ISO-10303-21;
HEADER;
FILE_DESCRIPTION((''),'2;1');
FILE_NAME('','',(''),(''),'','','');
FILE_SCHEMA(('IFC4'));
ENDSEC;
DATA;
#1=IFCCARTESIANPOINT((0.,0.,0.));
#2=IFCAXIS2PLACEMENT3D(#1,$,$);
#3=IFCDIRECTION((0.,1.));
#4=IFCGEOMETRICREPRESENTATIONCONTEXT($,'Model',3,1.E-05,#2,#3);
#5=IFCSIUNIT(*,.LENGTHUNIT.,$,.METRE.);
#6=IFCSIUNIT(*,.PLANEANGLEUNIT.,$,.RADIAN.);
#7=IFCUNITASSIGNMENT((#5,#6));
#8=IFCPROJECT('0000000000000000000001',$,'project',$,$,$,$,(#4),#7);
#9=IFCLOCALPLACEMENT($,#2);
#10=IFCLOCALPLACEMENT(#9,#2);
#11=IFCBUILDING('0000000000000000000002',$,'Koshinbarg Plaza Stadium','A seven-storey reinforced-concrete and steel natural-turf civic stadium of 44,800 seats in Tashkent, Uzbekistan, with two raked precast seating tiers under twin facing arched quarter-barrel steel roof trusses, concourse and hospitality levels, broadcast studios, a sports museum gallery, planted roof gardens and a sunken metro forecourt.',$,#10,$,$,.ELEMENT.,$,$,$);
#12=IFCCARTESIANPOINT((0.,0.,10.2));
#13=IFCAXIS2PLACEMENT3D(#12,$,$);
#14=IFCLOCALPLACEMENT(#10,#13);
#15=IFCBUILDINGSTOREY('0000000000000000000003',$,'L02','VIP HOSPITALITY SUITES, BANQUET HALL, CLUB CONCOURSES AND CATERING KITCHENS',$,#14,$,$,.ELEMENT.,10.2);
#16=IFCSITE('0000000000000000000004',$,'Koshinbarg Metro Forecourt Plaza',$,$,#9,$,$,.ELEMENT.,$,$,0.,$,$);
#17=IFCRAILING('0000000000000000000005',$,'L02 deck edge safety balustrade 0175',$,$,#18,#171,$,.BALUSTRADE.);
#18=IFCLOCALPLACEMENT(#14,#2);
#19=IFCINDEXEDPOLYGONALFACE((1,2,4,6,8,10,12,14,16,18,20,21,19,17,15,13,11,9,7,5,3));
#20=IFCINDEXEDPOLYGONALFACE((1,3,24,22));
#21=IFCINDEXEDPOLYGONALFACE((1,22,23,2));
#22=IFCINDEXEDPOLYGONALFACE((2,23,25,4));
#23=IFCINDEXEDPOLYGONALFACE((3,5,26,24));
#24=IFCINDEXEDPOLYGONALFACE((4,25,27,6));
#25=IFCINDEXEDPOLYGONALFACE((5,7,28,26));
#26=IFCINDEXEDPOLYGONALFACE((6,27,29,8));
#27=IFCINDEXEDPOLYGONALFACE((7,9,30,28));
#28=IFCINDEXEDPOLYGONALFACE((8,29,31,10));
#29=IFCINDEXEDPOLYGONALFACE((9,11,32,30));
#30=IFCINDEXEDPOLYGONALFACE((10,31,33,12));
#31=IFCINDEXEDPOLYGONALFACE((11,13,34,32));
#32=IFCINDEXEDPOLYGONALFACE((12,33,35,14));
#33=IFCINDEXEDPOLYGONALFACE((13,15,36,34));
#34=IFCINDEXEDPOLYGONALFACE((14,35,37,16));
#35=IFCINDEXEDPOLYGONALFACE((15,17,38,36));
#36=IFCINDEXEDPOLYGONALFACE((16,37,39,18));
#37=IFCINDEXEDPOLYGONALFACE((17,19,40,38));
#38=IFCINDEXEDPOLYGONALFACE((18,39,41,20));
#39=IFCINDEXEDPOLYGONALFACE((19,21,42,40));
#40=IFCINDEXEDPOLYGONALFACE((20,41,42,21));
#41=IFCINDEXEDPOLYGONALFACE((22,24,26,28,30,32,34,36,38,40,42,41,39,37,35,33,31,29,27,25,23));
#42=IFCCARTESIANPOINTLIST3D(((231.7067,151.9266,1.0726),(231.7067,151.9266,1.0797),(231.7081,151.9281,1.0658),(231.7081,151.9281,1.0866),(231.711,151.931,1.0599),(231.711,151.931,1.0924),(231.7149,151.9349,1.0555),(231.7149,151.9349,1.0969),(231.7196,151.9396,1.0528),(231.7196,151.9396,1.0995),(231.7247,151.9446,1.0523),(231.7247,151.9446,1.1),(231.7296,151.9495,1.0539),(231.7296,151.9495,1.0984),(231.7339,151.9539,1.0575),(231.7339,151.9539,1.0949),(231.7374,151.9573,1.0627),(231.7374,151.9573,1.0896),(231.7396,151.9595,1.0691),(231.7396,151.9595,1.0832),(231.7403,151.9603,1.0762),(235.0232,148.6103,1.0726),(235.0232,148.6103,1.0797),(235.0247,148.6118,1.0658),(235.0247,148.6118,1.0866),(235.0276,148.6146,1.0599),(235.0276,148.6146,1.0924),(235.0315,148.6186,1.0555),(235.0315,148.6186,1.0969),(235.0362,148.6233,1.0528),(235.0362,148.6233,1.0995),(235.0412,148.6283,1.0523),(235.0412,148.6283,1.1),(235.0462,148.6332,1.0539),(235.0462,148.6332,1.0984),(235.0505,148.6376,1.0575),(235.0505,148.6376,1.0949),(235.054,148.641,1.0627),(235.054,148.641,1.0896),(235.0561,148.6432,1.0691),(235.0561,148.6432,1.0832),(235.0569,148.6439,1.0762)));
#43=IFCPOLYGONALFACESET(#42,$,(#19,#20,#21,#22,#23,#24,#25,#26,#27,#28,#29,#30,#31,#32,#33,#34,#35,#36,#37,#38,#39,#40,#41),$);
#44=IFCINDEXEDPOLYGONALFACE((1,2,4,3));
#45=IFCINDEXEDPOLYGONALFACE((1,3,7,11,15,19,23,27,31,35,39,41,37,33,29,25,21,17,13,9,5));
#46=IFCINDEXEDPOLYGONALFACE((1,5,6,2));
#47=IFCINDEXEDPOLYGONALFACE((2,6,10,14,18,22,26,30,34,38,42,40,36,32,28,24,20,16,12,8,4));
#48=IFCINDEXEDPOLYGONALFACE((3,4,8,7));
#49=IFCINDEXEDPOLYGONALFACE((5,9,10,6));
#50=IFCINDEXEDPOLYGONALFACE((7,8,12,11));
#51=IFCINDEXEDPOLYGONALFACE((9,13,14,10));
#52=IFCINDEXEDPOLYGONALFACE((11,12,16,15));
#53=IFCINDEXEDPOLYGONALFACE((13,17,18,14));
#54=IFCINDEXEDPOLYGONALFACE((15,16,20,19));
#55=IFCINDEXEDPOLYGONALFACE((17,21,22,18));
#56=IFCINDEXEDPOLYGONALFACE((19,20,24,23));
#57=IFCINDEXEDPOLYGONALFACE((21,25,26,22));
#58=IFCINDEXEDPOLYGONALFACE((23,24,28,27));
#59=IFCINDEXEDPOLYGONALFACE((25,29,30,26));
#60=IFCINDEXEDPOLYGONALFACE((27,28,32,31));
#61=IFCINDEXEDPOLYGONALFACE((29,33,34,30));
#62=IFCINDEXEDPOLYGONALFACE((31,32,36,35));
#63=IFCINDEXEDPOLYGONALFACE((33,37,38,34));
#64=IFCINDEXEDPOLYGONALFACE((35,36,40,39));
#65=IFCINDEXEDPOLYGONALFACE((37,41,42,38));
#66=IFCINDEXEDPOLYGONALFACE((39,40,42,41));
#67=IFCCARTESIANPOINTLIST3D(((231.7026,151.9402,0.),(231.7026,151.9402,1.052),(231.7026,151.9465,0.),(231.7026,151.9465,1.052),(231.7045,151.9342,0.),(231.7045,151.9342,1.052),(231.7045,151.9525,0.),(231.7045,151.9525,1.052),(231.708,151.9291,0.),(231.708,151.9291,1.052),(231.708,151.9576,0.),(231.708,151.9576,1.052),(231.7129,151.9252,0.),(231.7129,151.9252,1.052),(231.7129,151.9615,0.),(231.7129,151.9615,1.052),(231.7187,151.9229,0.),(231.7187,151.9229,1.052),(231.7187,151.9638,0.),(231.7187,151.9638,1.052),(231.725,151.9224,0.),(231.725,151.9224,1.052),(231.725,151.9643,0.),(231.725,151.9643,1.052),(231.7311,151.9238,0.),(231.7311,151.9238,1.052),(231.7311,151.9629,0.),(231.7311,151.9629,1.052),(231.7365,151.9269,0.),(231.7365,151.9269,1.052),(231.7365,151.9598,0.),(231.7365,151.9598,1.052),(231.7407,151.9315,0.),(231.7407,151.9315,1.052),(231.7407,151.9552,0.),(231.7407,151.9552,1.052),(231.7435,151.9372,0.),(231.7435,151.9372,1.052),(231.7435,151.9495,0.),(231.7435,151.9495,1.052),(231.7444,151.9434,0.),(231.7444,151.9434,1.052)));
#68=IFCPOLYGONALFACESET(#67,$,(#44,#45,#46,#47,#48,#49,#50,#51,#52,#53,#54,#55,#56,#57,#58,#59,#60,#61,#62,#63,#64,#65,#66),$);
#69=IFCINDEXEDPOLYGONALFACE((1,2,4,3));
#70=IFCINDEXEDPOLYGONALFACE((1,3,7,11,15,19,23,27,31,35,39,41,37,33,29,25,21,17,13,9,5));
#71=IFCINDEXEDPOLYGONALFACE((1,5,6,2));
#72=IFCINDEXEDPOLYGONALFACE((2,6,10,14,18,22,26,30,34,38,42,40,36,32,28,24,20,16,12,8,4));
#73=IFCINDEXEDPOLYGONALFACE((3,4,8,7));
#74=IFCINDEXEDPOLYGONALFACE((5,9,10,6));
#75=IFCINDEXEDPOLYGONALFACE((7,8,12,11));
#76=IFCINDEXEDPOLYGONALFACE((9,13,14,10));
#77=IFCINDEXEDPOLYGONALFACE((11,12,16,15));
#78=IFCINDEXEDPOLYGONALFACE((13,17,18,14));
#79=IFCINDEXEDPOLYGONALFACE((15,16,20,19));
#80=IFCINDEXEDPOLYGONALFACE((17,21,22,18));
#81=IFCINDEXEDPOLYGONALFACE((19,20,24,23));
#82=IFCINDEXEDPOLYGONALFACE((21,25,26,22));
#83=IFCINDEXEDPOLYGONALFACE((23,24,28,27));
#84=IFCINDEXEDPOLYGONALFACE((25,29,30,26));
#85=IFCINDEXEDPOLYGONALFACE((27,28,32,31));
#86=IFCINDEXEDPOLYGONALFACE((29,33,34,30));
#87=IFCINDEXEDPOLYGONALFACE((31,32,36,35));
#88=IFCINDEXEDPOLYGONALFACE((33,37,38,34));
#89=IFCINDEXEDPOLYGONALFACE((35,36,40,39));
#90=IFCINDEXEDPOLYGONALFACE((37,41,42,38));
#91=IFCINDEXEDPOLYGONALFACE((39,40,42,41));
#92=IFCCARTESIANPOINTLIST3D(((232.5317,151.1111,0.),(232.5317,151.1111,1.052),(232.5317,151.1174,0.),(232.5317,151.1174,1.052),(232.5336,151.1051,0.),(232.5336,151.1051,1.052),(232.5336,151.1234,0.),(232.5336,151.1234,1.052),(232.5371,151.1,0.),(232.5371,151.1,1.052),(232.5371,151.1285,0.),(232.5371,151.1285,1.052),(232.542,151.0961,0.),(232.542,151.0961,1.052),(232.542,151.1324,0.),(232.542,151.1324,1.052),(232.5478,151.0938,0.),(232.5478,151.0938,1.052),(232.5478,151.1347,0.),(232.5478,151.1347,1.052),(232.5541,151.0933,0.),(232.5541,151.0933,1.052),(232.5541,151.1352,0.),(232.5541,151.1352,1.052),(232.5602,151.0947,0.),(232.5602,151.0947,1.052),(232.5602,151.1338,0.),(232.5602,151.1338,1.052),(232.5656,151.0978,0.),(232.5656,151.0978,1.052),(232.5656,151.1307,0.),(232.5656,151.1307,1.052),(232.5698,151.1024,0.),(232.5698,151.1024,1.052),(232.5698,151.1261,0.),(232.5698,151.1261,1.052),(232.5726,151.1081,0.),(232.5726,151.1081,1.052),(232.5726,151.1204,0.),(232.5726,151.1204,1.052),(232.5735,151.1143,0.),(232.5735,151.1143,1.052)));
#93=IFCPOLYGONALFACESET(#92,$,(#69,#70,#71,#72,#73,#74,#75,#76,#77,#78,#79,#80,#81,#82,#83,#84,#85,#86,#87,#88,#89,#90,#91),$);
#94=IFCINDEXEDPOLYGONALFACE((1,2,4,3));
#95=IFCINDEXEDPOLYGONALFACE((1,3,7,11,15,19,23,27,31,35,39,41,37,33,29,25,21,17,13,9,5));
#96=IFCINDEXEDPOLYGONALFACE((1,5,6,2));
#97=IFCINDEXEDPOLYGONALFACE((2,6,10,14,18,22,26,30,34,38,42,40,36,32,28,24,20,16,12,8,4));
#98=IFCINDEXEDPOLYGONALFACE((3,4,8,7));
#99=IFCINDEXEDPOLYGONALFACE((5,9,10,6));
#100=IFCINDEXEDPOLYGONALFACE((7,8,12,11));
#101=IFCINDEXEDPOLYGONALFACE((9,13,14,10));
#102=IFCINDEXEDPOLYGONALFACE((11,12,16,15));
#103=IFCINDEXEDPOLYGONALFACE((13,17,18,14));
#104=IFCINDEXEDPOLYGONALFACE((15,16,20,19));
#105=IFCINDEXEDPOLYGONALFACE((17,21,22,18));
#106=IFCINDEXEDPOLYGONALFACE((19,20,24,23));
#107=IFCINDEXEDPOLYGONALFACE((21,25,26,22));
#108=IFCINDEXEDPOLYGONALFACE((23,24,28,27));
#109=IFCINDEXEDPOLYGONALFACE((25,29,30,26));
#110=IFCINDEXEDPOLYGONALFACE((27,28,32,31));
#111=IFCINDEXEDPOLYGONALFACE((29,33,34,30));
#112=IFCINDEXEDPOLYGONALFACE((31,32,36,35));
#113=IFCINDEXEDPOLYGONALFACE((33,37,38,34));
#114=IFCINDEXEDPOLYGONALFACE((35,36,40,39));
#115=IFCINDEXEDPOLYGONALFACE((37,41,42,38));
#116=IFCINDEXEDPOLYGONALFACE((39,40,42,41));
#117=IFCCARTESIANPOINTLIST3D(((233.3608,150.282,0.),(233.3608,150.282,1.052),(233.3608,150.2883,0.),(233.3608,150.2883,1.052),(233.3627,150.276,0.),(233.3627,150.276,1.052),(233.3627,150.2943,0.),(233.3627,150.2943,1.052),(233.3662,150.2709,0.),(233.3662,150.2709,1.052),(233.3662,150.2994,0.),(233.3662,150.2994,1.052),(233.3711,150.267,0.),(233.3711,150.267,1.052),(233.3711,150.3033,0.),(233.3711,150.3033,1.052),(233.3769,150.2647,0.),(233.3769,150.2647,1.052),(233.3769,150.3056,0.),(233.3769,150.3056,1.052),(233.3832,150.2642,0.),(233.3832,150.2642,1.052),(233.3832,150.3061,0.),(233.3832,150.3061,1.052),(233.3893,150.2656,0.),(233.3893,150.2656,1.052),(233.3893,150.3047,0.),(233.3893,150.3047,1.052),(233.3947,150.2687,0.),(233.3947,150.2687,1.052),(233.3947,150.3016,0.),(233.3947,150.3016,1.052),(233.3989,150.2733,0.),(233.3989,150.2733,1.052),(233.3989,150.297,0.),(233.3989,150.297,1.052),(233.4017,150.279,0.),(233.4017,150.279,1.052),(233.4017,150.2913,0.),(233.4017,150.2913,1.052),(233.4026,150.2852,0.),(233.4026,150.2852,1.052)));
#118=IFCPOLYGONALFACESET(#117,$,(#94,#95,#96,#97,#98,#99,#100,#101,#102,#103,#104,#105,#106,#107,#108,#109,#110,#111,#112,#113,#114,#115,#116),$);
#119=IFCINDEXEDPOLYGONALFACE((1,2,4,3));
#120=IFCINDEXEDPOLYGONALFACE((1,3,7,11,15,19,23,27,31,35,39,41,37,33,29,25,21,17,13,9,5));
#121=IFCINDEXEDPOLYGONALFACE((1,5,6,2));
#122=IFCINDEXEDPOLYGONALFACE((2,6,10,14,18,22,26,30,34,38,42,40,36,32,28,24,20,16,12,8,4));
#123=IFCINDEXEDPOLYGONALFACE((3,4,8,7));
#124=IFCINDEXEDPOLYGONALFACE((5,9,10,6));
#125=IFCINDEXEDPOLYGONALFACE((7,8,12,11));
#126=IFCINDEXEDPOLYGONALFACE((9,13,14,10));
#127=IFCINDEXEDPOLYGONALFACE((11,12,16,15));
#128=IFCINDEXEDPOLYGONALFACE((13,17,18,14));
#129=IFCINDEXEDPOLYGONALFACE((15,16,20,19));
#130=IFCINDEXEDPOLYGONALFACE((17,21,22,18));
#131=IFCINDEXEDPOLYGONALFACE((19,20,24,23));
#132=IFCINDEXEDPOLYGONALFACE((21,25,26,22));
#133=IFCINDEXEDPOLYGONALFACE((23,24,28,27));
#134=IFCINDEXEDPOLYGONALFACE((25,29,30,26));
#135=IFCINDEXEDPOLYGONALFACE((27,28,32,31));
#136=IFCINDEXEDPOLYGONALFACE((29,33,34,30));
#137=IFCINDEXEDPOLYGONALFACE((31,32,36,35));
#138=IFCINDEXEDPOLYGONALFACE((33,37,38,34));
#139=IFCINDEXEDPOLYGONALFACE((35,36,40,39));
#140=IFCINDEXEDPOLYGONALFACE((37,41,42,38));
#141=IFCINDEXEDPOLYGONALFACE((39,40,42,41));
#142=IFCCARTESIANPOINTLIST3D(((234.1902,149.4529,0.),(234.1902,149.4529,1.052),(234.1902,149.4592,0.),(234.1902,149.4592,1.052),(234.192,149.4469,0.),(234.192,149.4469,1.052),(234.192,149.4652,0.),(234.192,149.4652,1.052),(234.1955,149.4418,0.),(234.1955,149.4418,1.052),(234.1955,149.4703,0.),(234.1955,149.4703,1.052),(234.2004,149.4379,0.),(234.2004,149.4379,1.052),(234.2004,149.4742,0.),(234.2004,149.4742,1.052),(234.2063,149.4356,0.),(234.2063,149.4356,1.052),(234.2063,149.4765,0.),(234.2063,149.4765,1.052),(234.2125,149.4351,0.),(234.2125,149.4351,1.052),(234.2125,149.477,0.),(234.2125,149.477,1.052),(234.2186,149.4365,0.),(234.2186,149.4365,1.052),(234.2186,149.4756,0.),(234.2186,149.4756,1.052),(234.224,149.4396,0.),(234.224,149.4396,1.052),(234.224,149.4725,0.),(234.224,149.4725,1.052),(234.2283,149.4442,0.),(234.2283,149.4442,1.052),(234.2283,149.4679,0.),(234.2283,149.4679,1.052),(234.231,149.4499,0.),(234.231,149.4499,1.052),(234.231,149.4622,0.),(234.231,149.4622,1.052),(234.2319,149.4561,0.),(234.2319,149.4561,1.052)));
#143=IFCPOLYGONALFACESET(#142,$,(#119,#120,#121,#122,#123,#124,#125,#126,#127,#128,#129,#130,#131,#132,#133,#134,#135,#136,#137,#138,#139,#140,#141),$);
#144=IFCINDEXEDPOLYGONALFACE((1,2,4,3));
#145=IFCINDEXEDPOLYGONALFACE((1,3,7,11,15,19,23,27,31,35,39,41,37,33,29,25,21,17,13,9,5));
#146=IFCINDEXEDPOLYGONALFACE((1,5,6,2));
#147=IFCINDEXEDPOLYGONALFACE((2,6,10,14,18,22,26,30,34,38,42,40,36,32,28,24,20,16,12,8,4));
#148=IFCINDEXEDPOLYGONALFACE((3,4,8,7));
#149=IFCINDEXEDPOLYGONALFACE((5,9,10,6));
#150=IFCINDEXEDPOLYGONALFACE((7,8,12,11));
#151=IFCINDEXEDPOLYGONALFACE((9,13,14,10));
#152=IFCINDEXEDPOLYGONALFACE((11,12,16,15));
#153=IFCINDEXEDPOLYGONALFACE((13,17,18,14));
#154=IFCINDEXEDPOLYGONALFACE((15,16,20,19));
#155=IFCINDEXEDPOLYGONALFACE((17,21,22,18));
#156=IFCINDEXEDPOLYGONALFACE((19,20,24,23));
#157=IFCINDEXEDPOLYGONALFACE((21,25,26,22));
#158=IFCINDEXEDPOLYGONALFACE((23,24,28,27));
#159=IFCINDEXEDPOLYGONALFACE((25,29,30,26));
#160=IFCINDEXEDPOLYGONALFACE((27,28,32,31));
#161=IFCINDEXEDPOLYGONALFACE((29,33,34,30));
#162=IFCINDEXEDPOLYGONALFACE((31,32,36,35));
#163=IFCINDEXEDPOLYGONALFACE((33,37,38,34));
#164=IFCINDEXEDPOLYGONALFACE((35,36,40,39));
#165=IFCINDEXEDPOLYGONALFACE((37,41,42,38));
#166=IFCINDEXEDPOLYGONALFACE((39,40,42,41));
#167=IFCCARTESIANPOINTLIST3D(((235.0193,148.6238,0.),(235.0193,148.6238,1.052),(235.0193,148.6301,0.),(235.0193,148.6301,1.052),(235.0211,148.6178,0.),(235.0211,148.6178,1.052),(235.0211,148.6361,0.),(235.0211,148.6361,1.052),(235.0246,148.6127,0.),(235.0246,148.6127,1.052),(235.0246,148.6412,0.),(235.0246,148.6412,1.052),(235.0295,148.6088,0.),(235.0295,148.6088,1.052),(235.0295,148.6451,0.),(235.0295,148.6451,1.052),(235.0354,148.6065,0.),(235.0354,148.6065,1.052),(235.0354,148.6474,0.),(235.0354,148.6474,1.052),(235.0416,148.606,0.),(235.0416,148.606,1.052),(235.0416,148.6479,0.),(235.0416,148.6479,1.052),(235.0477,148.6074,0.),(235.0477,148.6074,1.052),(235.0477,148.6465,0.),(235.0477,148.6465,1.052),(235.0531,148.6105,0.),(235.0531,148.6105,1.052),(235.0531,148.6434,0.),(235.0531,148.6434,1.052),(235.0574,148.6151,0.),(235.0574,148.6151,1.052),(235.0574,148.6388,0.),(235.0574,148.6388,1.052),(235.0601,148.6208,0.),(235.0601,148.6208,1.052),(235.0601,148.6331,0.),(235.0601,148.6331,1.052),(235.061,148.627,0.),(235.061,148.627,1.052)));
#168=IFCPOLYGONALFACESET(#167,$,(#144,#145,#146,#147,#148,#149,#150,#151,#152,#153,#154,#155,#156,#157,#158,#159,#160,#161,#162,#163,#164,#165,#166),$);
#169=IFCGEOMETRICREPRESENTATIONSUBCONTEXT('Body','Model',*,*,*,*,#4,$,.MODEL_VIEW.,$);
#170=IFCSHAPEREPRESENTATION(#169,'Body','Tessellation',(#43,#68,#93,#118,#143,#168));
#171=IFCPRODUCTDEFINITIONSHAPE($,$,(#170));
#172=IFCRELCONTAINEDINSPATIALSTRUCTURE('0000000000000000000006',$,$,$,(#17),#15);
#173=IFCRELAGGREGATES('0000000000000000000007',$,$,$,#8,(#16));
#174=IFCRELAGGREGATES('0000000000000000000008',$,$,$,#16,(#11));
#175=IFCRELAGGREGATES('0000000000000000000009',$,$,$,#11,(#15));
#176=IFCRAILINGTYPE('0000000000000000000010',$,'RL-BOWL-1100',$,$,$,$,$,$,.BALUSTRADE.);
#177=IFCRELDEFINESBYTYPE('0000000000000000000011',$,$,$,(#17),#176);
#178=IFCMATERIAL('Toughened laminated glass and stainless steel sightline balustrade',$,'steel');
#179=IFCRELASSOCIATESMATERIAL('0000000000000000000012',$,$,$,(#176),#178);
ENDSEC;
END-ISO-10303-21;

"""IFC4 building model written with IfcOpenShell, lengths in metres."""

from ifc_helpers import new_model, si_unit, direction, frame, origin, origin_2d, place, context, subcontext, project, spatial, circle, extrude, material, type_object, element, save


model = new_model("IFC4")

# Units and contexts
model_context = context("Model", 3, precision=1e-05, world=origin(), true_north=direction((0.0, 1.0)))
body_context = subcontext(model_context, "Body", "Model", "MODEL_VIEW")
ifc_project = project(units=[si_unit("LENGTHUNIT", "METRE"), si_unit("PLANEANGLEUNIT", "RADIAN")], contexts=[model_context])

# Site, building, storey
site_placement = place(None, origin())
site = spatial("IfcSite", under=ifc_project, at=site_placement, Name="Koshinbarg Metro Forecourt Plaza", CompositionType="ELEMENT", RefElevation=0.0)
building_placement = place(site_placement, origin())
building = spatial("IfcBuilding", under=site, at=building_placement, Name="Koshinbarg Plaza Stadium", Description="A seven-storey reinforced-concrete and steel natural-turf civic stadium of 44,800 seats in Tashkent, Uzbekistan, with two raked precast seating tiers under twin facing arched quarter-barrel steel roof trusses, concourse and hospitality levels, broadcast studios, a sports museum gallery, planted roof gardens and a sunken metro forecourt.", CompositionType="ELEMENT")
storey_placement = place(building_placement, frame((0.0, 0.0, 10.2)))
storey = spatial("IfcBuildingStorey", under=building, at=storey_placement, Name="L02", Description="VIP HOSPITALITY SUITES, BANQUET HALL, CLUB CONCOURSES AND CATERING KITCHENS", CompositionType="ELEMENT", Elevation=10.2)

# Railing
ifc_material_1 = material(Name="Toughened laminated glass and stainless steel sightline balustrade", Category="steel")
railing_type = type_object("IfcRailingType", Name="RL-BOWL-1100", PredefinedType="BALUSTRADE", material=ifc_material_1)
railing_1_placement = place(storey_placement, frame((231.7234, 151.9434, 0.0)))
element("IfcRailing", 1, at=railing_1_placement, inside=storey, type_object=railing_type, Name="L02 deck edge safety balustrade 0175", PredefinedType="BALUSTRADE", context=body_context, shape_type="SweptSolid", body=[
    extrude(circle(Radius=0.0239, at=origin_2d()), frame((0.0, 0.0, 1.0762), z_axis=(0.707133, -0.707081, 0.0), x_axis=(0.707081, 0.707133, 0.0)), (0.0, 0.0, 1.0), 4.6902),
    extrude(circle(Radius=0.021, at=origin_2d()), origin(), (0.0, 0.0, 1.0), 1.052),
    extrude(circle(Radius=0.021, at=origin_2d()), frame((0.8291, -0.8291, 0.0)), (0.0, 0.0, 1.0), 1.052),
    extrude(circle(Radius=0.021, at=origin_2d()), frame((1.6582, -1.6582, 0.0)), (0.0, 0.0, 1.0), 1.052),
    extrude(circle(Radius=0.021, at=origin_2d()), frame((2.4875, -2.4873, 0.0)), (0.0, 0.0, 1.0), 1.052),
    extrude(circle(Radius=0.021, at=origin_2d()), frame((3.3167, -3.3164, 0.0)), (0.0, 0.0, 1.0), 1.052),
])

save(model, "model.ifc")
